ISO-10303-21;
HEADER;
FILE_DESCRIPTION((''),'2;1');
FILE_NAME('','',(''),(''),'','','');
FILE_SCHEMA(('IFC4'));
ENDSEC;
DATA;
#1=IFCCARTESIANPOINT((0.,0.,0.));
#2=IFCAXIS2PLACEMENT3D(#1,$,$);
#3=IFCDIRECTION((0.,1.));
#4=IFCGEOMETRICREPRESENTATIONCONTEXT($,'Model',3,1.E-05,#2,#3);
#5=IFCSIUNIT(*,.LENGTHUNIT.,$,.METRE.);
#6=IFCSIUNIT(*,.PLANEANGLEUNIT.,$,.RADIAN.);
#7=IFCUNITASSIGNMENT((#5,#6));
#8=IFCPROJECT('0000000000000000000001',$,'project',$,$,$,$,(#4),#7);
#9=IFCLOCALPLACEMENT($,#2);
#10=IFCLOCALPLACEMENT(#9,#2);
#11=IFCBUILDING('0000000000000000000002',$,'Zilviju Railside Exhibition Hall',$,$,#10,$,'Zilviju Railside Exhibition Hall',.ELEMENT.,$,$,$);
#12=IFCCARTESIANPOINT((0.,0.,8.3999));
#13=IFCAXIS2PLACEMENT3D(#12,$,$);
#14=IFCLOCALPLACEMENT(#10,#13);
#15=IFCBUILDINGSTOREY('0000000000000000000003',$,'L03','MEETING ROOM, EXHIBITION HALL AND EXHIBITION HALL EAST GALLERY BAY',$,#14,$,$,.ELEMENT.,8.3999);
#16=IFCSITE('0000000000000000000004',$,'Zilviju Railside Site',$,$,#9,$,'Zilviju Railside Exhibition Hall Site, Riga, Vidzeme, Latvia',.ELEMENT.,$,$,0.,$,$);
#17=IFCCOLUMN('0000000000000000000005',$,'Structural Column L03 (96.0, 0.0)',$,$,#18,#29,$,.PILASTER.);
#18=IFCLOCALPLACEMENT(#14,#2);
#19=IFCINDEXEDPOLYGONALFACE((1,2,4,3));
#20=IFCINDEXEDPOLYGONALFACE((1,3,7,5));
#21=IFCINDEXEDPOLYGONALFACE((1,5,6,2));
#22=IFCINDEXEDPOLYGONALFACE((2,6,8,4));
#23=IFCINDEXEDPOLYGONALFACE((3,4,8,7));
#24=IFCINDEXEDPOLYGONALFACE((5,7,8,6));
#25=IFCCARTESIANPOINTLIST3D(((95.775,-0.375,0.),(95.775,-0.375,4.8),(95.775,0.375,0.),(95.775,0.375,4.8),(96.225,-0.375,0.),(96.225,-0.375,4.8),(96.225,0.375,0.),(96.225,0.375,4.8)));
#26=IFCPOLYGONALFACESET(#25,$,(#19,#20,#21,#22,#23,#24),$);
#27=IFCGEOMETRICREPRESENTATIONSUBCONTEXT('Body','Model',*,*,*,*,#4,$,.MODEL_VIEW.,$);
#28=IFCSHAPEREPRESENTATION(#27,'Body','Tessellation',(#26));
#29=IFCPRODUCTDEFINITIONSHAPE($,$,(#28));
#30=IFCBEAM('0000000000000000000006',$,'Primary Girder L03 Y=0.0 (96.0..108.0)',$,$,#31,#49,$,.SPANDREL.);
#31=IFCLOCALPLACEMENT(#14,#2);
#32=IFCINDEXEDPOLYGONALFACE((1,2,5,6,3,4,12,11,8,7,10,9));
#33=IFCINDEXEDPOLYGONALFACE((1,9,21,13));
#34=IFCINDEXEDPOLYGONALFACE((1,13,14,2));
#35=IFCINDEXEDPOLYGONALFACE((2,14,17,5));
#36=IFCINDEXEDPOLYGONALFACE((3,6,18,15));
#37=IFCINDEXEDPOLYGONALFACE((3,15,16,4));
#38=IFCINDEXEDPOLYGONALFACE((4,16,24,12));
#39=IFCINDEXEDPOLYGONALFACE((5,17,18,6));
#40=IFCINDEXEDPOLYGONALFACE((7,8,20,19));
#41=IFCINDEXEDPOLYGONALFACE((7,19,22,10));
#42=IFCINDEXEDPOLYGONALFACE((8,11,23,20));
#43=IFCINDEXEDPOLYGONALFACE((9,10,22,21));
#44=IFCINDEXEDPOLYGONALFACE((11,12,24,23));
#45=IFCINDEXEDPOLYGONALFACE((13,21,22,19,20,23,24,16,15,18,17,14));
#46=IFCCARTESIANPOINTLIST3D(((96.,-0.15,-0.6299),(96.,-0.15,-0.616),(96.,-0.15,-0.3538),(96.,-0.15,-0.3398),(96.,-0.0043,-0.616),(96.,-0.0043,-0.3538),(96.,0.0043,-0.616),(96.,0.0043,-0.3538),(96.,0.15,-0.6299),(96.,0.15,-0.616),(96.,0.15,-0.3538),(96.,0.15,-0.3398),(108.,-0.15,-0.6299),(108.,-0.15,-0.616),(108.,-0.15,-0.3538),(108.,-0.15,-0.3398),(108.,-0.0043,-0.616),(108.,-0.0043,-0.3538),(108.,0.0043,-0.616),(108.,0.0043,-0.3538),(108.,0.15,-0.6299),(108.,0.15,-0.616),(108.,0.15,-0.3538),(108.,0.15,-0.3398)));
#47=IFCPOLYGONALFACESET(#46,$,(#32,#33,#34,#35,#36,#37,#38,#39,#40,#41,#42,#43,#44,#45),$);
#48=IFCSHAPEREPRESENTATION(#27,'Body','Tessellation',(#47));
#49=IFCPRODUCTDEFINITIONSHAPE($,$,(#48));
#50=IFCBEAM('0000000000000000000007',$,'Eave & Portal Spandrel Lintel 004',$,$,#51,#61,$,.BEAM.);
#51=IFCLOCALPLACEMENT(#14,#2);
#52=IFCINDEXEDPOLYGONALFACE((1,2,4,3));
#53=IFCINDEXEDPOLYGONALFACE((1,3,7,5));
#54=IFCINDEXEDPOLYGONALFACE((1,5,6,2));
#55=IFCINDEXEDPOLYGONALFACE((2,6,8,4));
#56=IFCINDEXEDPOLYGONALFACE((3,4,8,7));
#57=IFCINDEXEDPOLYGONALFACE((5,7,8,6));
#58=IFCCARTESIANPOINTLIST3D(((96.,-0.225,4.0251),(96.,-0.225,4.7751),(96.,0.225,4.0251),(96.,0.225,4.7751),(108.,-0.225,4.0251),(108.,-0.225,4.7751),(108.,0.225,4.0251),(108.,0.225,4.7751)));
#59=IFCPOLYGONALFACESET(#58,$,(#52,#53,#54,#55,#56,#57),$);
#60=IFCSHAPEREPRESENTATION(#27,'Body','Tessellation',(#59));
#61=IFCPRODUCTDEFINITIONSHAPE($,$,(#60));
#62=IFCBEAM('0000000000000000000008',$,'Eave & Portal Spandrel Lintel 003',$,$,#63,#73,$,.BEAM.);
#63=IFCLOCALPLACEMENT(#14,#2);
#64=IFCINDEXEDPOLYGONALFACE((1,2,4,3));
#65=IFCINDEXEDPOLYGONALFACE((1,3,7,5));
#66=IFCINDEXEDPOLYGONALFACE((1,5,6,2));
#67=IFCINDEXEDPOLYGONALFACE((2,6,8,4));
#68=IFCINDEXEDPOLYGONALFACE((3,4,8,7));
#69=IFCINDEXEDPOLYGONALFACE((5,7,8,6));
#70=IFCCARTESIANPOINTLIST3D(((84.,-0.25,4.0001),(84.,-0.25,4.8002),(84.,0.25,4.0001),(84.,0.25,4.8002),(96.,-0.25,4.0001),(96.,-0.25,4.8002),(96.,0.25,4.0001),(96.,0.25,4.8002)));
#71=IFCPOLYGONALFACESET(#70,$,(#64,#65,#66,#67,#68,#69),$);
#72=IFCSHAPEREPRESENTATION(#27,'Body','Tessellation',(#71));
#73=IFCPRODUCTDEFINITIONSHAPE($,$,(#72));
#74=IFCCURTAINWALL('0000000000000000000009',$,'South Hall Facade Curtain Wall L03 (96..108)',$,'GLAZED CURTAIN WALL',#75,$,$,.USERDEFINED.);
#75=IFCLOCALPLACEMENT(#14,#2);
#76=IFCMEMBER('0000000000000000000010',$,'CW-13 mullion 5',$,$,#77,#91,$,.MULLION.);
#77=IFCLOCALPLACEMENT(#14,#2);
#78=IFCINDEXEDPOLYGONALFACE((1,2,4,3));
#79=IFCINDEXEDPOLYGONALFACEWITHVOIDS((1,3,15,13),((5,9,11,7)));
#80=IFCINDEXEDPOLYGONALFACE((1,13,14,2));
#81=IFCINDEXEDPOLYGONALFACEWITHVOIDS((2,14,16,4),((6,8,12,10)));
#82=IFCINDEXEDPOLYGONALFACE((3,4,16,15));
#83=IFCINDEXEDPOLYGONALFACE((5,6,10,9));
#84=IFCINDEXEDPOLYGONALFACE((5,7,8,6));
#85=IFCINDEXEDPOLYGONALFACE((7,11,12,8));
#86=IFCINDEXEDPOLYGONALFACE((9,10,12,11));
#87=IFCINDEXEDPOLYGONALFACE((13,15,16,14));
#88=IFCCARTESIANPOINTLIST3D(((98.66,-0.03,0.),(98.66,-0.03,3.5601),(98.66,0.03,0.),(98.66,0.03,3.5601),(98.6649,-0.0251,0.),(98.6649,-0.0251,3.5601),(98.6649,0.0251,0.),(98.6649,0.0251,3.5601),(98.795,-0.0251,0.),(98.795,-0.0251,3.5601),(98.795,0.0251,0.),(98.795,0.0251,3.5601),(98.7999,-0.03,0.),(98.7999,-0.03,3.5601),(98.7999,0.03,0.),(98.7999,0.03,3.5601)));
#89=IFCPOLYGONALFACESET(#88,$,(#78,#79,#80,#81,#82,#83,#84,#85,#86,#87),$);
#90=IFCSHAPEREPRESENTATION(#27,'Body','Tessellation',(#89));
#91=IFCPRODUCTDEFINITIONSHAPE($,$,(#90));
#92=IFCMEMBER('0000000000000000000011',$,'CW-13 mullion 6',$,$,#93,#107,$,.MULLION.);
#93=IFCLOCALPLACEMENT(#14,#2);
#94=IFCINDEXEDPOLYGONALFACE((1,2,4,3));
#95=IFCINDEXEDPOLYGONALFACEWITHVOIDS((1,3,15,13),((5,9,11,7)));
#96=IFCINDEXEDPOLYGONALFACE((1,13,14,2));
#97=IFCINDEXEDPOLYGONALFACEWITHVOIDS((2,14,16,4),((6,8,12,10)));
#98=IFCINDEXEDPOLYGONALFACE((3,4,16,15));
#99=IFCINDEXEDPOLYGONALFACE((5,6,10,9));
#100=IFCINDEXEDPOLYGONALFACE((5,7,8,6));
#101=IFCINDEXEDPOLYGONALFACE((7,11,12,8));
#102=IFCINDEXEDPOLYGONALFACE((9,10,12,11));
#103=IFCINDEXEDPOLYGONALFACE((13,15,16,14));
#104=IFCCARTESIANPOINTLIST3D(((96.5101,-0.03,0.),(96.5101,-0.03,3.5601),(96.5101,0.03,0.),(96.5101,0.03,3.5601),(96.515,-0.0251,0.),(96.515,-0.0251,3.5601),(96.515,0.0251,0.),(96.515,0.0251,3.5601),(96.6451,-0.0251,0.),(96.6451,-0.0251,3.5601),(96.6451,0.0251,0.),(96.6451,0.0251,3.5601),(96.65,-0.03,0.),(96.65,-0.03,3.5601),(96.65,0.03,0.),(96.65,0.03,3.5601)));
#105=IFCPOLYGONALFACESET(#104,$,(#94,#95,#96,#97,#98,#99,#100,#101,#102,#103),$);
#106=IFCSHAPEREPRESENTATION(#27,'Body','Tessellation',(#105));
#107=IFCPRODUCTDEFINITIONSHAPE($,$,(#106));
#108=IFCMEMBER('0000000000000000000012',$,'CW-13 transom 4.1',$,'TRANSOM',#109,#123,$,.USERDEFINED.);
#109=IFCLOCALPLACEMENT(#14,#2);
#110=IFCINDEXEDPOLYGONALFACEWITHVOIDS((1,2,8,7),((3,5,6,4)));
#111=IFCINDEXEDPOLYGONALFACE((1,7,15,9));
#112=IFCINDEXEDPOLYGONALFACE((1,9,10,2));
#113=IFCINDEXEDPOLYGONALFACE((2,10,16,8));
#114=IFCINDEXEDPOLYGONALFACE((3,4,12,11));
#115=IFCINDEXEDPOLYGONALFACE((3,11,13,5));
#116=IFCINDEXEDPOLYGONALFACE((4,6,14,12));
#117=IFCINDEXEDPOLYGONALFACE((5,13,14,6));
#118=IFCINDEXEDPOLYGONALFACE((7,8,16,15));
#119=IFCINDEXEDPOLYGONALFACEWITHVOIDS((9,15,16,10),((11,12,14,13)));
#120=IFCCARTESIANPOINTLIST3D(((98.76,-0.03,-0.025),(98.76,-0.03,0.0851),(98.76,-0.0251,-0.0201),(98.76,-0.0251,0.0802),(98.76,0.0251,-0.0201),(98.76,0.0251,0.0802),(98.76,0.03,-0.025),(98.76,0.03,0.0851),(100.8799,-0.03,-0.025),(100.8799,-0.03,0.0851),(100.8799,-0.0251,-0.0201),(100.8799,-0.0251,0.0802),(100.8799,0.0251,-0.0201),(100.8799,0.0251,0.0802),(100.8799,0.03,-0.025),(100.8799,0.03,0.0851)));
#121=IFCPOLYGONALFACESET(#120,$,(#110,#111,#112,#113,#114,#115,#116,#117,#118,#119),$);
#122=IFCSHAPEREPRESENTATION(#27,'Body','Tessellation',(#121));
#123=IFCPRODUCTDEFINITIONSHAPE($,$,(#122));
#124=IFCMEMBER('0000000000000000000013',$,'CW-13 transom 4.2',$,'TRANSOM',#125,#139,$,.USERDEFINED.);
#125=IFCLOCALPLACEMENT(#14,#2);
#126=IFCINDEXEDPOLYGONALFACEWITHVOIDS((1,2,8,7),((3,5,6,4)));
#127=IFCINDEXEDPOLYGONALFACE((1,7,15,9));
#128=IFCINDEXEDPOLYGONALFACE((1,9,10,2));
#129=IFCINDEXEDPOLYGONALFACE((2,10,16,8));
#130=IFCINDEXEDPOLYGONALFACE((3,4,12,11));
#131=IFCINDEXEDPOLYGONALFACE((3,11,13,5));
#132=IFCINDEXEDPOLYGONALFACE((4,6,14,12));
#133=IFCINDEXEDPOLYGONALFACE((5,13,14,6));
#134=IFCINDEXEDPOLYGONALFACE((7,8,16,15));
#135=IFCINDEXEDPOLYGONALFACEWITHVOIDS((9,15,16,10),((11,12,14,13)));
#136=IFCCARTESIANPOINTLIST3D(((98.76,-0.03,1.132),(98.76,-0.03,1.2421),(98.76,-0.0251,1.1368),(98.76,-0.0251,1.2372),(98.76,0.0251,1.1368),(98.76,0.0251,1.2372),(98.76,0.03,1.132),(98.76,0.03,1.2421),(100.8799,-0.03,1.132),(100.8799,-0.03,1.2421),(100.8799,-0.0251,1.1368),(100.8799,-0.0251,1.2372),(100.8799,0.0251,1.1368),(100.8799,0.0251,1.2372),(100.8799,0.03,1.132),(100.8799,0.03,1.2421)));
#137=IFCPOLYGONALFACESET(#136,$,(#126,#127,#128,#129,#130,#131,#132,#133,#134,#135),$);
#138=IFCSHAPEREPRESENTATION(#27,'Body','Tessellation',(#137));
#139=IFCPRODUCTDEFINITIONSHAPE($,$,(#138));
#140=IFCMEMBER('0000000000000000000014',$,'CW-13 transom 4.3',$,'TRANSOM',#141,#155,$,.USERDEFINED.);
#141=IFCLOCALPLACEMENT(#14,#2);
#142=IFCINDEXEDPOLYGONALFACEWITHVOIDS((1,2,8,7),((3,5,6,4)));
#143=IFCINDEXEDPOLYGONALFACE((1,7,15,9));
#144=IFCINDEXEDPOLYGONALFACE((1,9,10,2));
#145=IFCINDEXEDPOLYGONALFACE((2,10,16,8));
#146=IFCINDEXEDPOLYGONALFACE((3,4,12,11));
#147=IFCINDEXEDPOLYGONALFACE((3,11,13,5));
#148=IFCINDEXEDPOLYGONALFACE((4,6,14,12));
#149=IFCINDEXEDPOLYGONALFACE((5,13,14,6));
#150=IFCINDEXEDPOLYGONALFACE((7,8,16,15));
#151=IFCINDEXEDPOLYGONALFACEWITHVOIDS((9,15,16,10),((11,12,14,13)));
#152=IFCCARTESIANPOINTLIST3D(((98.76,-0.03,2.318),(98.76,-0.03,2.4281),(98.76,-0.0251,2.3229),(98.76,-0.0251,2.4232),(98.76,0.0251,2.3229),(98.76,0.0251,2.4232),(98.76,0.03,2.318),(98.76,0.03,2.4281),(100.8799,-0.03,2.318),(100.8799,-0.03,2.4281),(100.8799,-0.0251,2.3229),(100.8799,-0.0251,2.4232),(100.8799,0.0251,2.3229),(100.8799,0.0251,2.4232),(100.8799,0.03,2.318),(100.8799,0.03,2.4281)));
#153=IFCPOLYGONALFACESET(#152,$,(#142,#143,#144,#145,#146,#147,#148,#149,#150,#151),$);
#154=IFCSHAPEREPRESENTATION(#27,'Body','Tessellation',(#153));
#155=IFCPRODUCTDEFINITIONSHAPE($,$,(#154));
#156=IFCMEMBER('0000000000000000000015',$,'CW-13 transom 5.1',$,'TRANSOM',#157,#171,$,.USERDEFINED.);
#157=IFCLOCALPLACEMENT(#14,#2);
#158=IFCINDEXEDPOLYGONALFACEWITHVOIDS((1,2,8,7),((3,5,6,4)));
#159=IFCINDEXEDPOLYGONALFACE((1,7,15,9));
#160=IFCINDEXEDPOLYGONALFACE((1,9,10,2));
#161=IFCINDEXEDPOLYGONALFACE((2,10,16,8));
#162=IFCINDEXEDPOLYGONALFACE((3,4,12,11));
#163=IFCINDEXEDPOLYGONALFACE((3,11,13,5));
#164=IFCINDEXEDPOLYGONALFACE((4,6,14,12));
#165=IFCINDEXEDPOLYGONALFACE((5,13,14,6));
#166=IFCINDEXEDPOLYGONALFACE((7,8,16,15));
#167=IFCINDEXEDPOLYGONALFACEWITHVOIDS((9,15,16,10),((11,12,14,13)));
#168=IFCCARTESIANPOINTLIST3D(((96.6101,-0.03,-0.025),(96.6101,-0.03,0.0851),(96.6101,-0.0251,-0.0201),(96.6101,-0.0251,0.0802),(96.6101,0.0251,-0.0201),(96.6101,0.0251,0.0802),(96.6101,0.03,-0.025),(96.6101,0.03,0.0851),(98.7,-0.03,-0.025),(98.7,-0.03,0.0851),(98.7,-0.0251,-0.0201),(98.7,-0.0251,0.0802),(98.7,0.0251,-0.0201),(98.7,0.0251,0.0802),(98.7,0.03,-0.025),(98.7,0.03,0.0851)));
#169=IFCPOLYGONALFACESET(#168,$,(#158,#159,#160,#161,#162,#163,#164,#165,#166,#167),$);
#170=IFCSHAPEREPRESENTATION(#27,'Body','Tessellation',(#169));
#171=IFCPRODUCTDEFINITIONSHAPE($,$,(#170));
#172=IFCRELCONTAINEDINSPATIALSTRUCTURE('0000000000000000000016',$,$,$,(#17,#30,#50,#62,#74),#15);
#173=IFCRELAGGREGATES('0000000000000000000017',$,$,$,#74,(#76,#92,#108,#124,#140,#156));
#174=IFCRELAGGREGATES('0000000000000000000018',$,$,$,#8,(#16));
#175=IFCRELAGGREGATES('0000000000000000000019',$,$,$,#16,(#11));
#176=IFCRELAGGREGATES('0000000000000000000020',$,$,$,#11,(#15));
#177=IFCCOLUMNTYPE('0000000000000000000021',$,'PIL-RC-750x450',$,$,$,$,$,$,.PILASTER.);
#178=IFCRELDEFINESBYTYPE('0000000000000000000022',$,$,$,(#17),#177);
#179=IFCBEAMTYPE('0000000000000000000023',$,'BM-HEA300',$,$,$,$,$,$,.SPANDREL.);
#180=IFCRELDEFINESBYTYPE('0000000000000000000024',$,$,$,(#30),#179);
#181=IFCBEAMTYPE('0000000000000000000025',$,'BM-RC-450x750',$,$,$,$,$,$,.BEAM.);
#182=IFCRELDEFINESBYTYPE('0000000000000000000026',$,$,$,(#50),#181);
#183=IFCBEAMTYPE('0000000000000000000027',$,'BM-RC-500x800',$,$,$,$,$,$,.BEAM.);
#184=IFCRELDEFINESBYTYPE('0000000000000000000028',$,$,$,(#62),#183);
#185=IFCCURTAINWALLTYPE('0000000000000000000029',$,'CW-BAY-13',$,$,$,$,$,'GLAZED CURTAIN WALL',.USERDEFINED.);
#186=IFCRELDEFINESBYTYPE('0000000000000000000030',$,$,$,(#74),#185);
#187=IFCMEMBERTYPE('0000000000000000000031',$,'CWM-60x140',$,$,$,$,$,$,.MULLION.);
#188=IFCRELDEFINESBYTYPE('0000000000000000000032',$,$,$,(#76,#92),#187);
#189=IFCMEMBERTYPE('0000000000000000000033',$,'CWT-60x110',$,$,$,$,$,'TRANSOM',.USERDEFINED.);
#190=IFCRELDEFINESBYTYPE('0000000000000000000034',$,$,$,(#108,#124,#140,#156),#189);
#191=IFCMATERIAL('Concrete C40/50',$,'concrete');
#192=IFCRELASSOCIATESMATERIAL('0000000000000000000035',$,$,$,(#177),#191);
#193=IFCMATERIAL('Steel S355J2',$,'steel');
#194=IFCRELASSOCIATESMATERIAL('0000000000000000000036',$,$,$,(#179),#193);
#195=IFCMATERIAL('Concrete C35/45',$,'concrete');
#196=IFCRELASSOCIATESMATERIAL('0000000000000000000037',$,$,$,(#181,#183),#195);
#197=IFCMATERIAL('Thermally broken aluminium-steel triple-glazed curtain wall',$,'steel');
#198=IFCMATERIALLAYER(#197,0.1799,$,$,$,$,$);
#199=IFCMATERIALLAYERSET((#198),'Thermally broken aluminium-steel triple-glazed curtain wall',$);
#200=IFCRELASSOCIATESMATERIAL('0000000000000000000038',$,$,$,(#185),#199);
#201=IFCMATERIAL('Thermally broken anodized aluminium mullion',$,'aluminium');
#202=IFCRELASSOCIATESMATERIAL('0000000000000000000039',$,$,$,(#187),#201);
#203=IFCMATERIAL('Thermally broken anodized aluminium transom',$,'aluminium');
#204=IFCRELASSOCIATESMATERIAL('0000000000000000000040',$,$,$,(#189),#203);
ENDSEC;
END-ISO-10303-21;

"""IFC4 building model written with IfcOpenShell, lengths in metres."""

from ifc_helpers import new_model, si_unit, direction, frame, origin, origin_2d, place, context, subcontext, project, spatial, rectangle, hollow_rectangle, i_section, extrude, material, layer, layer_set, material_profile, profile_set, type_object, element, aggregate, save


model = new_model("IFC4")

# Units and contexts
model_context = context("Model", 3, precision=1e-05, world=origin(), true_north=direction((0.0, 1.0)))
body_context = subcontext(model_context, "Body", "Model", "MODEL_VIEW")
ifc_project = project(units=[si_unit("LENGTHUNIT", "METRE"), si_unit("PLANEANGLEUNIT", "RADIAN")], contexts=[model_context])

# Site, building, storey
site_placement = place(None, origin())
site = spatial("IfcSite", under=ifc_project, at=site_placement, Name="Zilviju Railside Site", LongName="Zilviju Railside Exhibition Hall Site, Riga, Vidzeme, Latvia", CompositionType="ELEMENT", RefElevation=0.0)
building_placement = place(site_placement, origin())
building = spatial("IfcBuilding", under=site, at=building_placement, Name="Zilviju Railside Exhibition Hall", LongName="Zilviju Railside Exhibition Hall", CompositionType="ELEMENT")
storey_placement = place(building_placement, frame((0.0, 0.0, 8.3999)))
storey = spatial("IfcBuildingStorey", under=building, at=storey_placement, Name="L03", Description="MEETING ROOM, EXHIBITION HALL AND EXHIBITION HALL EAST GALLERY BAY", CompositionType="ELEMENT", Elevation=8.3999)

# Column
ifc_material_1 = material(Name="Concrete C40/50", Category="concrete")
ifc_material_profile_1 = material_profile(ifc_material_1, rectangle(XDim=0.45, YDim=0.75, at=origin_2d()), Name="RC COL 450x750")
ifc_profile_set_1 = profile_set([ifc_material_profile_1], Name="Concrete C40/50")
column_type = type_object("IfcColumnType", Name="PIL-RC-750x450", PredefinedType="PILASTER", material=ifc_profile_set_1)
column_placement = place(storey_placement, frame((96.0, 0.0, 0.0), z_axis=(0.0, 0.0, 1.0), x_axis=(1.0, 0.0, 0.0)))
element("IfcColumn", 1, at=column_placement, inside=storey, type_object=column_type, Name="Structural Column L03 (96.0, 0.0)", PredefinedType="PILASTER", context=body_context, shape_type="SweptSolid", body=[
    extrude(rectangle(XDim=0.45, YDim=0.75, at=origin_2d()), origin(), (0.0, 0.0, 1.0), 4.8),
])

# Beams
ifc_material_2 = material(Name="Steel S355J2", Category="steel")
ifc_material_profile_2 = material_profile(ifc_material_2, i_section(OverallWidth=0.3, OverallDepth=0.29, WebThickness=0.0085, FlangeThickness=0.0139, at=origin_2d()), Name="HEA 300")
ifc_profile_set_2 = profile_set([ifc_material_profile_2], Name="Steel S355J2")
beam_type_1 = type_object("IfcBeamType", Name="BM-HEA300", PredefinedType="SPANDREL", material=ifc_profile_set_2)
beam_1_placement = place(storey_placement, frame((96.0, 0.0, -0.4849), z_axis=(1.0, 0.0, 0.0), x_axis=(0.0, 1.0, 0.0)))
element("IfcBeam", 2, at=beam_1_placement, inside=storey, type_object=beam_type_1, Name="Primary Girder L03 Y=0.0 (96.0..108.0)", PredefinedType="SPANDREL", context=body_context, shape_type="SweptSolid", body=[
    extrude(i_section(OverallWidth=0.3, OverallDepth=0.29, WebThickness=0.0085, FlangeThickness=0.0139, at=origin_2d()), origin(), (0.0, 0.0, 1.0), 12.0),
])
ifc_material_3 = material(Name="Concrete C35/45", Category="concrete")
ifc_material_profile_3 = material_profile(ifc_material_3, rectangle(XDim=0.45, YDim=0.75, at=origin_2d()), Name="RC BEAM 450x750")
ifc_profile_set_3 = profile_set([ifc_material_profile_3], Name="Concrete C35/45")
beam_type_2 = type_object("IfcBeamType", Name="BM-RC-450x750", PredefinedType="BEAM", material=ifc_profile_set_3)
beam_2_placement = place(storey_placement, frame((96.0, 0.0, 4.4001), z_axis=(1.0, 0.0, 0.0), x_axis=(0.0, 1.0, 0.0)))
element("IfcBeam", 3, at=beam_2_placement, inside=storey, type_object=beam_type_2, Name="Eave & Portal Spandrel Lintel 004", PredefinedType="BEAM", context=body_context, shape_type="SweptSolid", body=[
    extrude(rectangle(XDim=0.45, YDim=0.75, at=origin_2d()), origin(), (0.0, 0.0, 1.0), 12.0),
])
ifc_material_profile_4 = material_profile(ifc_material_3, rectangle(XDim=0.5, YDim=0.8, at=origin_2d()), Name="RC BEAM 500x800")
ifc_profile_set_4 = profile_set([ifc_material_profile_4], Name="Concrete C35/45")
beam_type_3 = type_object("IfcBeamType", Name="BM-RC-500x800", PredefinedType="BEAM", material=ifc_profile_set_4)
beam_3_placement = place(storey_placement, frame((84.0, 0.0, 4.4001), z_axis=(1.0, 0.0, 0.0), x_axis=(0.0, 1.0, 0.0)))
element("IfcBeam", 4, at=beam_3_placement, inside=storey, type_object=beam_type_3, Name="Eave & Portal Spandrel Lintel 003", PredefinedType="BEAM", context=body_context, shape_type="SweptSolid", body=[
    extrude(rectangle(XDim=0.5, YDim=0.8, at=origin_2d()), origin(), (0.0, 0.0, 1.0), 12.0),
])

# Curtain wall, members
ifc_material_4 = material(Name="Thermally broken aluminium-steel triple-glazed curtain wall", Category="steel")
ifc_layer_1 = layer(ifc_material_4, 0.1799)
ifc_layer_set_1 = layer_set([ifc_layer_1], Name="Thermally broken aluminium-steel triple-glazed curtain wall")
curtain_wall_type = type_object("IfcCurtainWallType", Name="CW-BAY-13", ElementType="GLAZED CURTAIN WALL", PredefinedType="USERDEFINED", material=ifc_layer_set_1)
curtain_wall_placement = place(storey_placement, origin())
curtain_wall = element("IfcCurtainWall", 5, at=curtain_wall_placement, inside=storey, type_object=curtain_wall_type, Name="South Hall Facade Curtain Wall L03 (96..108)", ObjectType="GLAZED CURTAIN WALL", PredefinedType="USERDEFINED")
ifc_material_5 = material(Name="Thermally broken anodized aluminium mullion", Category="aluminium")
ifc_material_profile_5 = material_profile(ifc_material_5, hollow_rectangle(XDim=0.0601, YDim=0.1399, WallThickness=0.0049, at=origin_2d()), Name="MULLION 140x60x5")
ifc_profile_set_5 = profile_set([ifc_material_profile_5], Name="Thermally broken anodized aluminium mullion")
member_type_1 = type_object("IfcMemberType", Name="CWM-60x140", PredefinedType="MULLION", material=ifc_profile_set_5)
member_1_placement = place(storey_placement, frame((98.73, 0.0, 0.0), z_axis=(0.0, 0.0, 1.0), x_axis=(0.0, -1.0, 0.0)))
member_1 = element("IfcMember", 6, at=member_1_placement, type_object=member_type_1, Name="CW-13 mullion 5", PredefinedType="MULLION", context=body_context, shape_type="SweptSolid", body=[
    extrude(hollow_rectangle(XDim=0.0601, YDim=0.1399, WallThickness=0.0049, at=origin_2d()), origin(), (0.0, 0.0, 1.0), 3.5601),
])
member_2_placement = place(storey_placement, frame((96.5801, 0.0, 0.0), z_axis=(0.0, 0.0, 1.0), x_axis=(0.0, -1.0, 0.0)))
member_2 = element("IfcMember", 7, at=member_2_placement, type_object=member_type_1, Name="CW-13 mullion 6", PredefinedType="MULLION", context=body_context, shape_type="SweptSolid", body=[
    extrude(hollow_rectangle(XDim=0.0601, YDim=0.1399, WallThickness=0.0049, at=origin_2d()), origin(), (0.0, 0.0, 1.0), 3.5601),
])
ifc_material_6 = material(Name="Thermally broken anodized aluminium transom", Category="aluminium")
ifc_material_profile_6 = material_profile(ifc_material_6, hollow_rectangle(XDim=0.0601, YDim=0.1101, WallThickness=0.0049, at=origin_2d()), Name="TRANSOM 110x60x5")
ifc_profile_set_6 = profile_set([ifc_material_profile_6], Name="Thermally broken anodized aluminium transom")
member_type_2 = type_object("IfcMemberType", Name="CWT-60x110", ElementType="TRANSOM", PredefinedType="USERDEFINED", material=ifc_profile_set_6)
member_3_placement = place(storey_placement, frame((100.8799, 0.0, 0.03), z_axis=(-1.0, 0.0, 0.0), x_axis=(0.0, -1.0, 0.0)))
member_3 = element("IfcMember", 8, at=member_3_placement, type_object=member_type_2, Name="CW-13 transom 4.1", ObjectType="TRANSOM", PredefinedType="USERDEFINED", context=body_context, shape_type="SweptSolid", body=[
    extrude(hollow_rectangle(XDim=0.0601, YDim=0.1101, WallThickness=0.0049, at=origin_2d()), origin(), (0.0, 0.0, 1.0), 2.1199),
])
member_4_placement = place(storey_placement, frame((100.8799, 0.0, 1.187), z_axis=(-1.0, 0.0, 0.0), x_axis=(0.0, -1.0, 0.0)))
member_4 = element("IfcMember", 9, at=member_4_placement, type_object=member_type_2, Name="CW-13 transom 4.2", ObjectType="TRANSOM", PredefinedType="USERDEFINED", context=body_context, shape_type="SweptSolid", body=[
    extrude(hollow_rectangle(XDim=0.0601, YDim=0.1101, WallThickness=0.0049, at=origin_2d()), origin(), (0.0, 0.0, 1.0), 2.1199),
])
member_5_placement = place(storey_placement, frame((100.8799, 0.0, 2.373), z_axis=(-1.0, 0.0, 0.0), x_axis=(0.0, -1.0, 0.0)))
member_5 = element("IfcMember", 10, at=member_5_placement, type_object=member_type_2, Name="CW-13 transom 4.3", ObjectType="TRANSOM", PredefinedType="USERDEFINED", context=body_context, shape_type="SweptSolid", body=[
    extrude(hollow_rectangle(XDim=0.0601, YDim=0.1101, WallThickness=0.0049, at=origin_2d()), origin(), (0.0, 0.0, 1.0), 2.1199),
])
member_6_placement = place(storey_placement, frame((98.7, 0.0, 0.03), z_axis=(-1.0, 0.0, 0.0), x_axis=(0.0, -1.0, 0.0)))
member_6 = element("IfcMember", 11, at=member_6_placement, type_object=member_type_2, Name="CW-13 transom 5.1", ObjectType="TRANSOM", PredefinedType="USERDEFINED", context=body_context, shape_type="SweptSolid", body=[
    extrude(hollow_rectangle(XDim=0.0601, YDim=0.1101, WallThickness=0.0049, at=origin_2d()), origin(), (0.0, 0.0, 1.0), 2.0898),
])
aggregate(curtain_wall, [member_1, member_2, member_3, member_4, member_5, member_6])

save(model, "model.ifc")
